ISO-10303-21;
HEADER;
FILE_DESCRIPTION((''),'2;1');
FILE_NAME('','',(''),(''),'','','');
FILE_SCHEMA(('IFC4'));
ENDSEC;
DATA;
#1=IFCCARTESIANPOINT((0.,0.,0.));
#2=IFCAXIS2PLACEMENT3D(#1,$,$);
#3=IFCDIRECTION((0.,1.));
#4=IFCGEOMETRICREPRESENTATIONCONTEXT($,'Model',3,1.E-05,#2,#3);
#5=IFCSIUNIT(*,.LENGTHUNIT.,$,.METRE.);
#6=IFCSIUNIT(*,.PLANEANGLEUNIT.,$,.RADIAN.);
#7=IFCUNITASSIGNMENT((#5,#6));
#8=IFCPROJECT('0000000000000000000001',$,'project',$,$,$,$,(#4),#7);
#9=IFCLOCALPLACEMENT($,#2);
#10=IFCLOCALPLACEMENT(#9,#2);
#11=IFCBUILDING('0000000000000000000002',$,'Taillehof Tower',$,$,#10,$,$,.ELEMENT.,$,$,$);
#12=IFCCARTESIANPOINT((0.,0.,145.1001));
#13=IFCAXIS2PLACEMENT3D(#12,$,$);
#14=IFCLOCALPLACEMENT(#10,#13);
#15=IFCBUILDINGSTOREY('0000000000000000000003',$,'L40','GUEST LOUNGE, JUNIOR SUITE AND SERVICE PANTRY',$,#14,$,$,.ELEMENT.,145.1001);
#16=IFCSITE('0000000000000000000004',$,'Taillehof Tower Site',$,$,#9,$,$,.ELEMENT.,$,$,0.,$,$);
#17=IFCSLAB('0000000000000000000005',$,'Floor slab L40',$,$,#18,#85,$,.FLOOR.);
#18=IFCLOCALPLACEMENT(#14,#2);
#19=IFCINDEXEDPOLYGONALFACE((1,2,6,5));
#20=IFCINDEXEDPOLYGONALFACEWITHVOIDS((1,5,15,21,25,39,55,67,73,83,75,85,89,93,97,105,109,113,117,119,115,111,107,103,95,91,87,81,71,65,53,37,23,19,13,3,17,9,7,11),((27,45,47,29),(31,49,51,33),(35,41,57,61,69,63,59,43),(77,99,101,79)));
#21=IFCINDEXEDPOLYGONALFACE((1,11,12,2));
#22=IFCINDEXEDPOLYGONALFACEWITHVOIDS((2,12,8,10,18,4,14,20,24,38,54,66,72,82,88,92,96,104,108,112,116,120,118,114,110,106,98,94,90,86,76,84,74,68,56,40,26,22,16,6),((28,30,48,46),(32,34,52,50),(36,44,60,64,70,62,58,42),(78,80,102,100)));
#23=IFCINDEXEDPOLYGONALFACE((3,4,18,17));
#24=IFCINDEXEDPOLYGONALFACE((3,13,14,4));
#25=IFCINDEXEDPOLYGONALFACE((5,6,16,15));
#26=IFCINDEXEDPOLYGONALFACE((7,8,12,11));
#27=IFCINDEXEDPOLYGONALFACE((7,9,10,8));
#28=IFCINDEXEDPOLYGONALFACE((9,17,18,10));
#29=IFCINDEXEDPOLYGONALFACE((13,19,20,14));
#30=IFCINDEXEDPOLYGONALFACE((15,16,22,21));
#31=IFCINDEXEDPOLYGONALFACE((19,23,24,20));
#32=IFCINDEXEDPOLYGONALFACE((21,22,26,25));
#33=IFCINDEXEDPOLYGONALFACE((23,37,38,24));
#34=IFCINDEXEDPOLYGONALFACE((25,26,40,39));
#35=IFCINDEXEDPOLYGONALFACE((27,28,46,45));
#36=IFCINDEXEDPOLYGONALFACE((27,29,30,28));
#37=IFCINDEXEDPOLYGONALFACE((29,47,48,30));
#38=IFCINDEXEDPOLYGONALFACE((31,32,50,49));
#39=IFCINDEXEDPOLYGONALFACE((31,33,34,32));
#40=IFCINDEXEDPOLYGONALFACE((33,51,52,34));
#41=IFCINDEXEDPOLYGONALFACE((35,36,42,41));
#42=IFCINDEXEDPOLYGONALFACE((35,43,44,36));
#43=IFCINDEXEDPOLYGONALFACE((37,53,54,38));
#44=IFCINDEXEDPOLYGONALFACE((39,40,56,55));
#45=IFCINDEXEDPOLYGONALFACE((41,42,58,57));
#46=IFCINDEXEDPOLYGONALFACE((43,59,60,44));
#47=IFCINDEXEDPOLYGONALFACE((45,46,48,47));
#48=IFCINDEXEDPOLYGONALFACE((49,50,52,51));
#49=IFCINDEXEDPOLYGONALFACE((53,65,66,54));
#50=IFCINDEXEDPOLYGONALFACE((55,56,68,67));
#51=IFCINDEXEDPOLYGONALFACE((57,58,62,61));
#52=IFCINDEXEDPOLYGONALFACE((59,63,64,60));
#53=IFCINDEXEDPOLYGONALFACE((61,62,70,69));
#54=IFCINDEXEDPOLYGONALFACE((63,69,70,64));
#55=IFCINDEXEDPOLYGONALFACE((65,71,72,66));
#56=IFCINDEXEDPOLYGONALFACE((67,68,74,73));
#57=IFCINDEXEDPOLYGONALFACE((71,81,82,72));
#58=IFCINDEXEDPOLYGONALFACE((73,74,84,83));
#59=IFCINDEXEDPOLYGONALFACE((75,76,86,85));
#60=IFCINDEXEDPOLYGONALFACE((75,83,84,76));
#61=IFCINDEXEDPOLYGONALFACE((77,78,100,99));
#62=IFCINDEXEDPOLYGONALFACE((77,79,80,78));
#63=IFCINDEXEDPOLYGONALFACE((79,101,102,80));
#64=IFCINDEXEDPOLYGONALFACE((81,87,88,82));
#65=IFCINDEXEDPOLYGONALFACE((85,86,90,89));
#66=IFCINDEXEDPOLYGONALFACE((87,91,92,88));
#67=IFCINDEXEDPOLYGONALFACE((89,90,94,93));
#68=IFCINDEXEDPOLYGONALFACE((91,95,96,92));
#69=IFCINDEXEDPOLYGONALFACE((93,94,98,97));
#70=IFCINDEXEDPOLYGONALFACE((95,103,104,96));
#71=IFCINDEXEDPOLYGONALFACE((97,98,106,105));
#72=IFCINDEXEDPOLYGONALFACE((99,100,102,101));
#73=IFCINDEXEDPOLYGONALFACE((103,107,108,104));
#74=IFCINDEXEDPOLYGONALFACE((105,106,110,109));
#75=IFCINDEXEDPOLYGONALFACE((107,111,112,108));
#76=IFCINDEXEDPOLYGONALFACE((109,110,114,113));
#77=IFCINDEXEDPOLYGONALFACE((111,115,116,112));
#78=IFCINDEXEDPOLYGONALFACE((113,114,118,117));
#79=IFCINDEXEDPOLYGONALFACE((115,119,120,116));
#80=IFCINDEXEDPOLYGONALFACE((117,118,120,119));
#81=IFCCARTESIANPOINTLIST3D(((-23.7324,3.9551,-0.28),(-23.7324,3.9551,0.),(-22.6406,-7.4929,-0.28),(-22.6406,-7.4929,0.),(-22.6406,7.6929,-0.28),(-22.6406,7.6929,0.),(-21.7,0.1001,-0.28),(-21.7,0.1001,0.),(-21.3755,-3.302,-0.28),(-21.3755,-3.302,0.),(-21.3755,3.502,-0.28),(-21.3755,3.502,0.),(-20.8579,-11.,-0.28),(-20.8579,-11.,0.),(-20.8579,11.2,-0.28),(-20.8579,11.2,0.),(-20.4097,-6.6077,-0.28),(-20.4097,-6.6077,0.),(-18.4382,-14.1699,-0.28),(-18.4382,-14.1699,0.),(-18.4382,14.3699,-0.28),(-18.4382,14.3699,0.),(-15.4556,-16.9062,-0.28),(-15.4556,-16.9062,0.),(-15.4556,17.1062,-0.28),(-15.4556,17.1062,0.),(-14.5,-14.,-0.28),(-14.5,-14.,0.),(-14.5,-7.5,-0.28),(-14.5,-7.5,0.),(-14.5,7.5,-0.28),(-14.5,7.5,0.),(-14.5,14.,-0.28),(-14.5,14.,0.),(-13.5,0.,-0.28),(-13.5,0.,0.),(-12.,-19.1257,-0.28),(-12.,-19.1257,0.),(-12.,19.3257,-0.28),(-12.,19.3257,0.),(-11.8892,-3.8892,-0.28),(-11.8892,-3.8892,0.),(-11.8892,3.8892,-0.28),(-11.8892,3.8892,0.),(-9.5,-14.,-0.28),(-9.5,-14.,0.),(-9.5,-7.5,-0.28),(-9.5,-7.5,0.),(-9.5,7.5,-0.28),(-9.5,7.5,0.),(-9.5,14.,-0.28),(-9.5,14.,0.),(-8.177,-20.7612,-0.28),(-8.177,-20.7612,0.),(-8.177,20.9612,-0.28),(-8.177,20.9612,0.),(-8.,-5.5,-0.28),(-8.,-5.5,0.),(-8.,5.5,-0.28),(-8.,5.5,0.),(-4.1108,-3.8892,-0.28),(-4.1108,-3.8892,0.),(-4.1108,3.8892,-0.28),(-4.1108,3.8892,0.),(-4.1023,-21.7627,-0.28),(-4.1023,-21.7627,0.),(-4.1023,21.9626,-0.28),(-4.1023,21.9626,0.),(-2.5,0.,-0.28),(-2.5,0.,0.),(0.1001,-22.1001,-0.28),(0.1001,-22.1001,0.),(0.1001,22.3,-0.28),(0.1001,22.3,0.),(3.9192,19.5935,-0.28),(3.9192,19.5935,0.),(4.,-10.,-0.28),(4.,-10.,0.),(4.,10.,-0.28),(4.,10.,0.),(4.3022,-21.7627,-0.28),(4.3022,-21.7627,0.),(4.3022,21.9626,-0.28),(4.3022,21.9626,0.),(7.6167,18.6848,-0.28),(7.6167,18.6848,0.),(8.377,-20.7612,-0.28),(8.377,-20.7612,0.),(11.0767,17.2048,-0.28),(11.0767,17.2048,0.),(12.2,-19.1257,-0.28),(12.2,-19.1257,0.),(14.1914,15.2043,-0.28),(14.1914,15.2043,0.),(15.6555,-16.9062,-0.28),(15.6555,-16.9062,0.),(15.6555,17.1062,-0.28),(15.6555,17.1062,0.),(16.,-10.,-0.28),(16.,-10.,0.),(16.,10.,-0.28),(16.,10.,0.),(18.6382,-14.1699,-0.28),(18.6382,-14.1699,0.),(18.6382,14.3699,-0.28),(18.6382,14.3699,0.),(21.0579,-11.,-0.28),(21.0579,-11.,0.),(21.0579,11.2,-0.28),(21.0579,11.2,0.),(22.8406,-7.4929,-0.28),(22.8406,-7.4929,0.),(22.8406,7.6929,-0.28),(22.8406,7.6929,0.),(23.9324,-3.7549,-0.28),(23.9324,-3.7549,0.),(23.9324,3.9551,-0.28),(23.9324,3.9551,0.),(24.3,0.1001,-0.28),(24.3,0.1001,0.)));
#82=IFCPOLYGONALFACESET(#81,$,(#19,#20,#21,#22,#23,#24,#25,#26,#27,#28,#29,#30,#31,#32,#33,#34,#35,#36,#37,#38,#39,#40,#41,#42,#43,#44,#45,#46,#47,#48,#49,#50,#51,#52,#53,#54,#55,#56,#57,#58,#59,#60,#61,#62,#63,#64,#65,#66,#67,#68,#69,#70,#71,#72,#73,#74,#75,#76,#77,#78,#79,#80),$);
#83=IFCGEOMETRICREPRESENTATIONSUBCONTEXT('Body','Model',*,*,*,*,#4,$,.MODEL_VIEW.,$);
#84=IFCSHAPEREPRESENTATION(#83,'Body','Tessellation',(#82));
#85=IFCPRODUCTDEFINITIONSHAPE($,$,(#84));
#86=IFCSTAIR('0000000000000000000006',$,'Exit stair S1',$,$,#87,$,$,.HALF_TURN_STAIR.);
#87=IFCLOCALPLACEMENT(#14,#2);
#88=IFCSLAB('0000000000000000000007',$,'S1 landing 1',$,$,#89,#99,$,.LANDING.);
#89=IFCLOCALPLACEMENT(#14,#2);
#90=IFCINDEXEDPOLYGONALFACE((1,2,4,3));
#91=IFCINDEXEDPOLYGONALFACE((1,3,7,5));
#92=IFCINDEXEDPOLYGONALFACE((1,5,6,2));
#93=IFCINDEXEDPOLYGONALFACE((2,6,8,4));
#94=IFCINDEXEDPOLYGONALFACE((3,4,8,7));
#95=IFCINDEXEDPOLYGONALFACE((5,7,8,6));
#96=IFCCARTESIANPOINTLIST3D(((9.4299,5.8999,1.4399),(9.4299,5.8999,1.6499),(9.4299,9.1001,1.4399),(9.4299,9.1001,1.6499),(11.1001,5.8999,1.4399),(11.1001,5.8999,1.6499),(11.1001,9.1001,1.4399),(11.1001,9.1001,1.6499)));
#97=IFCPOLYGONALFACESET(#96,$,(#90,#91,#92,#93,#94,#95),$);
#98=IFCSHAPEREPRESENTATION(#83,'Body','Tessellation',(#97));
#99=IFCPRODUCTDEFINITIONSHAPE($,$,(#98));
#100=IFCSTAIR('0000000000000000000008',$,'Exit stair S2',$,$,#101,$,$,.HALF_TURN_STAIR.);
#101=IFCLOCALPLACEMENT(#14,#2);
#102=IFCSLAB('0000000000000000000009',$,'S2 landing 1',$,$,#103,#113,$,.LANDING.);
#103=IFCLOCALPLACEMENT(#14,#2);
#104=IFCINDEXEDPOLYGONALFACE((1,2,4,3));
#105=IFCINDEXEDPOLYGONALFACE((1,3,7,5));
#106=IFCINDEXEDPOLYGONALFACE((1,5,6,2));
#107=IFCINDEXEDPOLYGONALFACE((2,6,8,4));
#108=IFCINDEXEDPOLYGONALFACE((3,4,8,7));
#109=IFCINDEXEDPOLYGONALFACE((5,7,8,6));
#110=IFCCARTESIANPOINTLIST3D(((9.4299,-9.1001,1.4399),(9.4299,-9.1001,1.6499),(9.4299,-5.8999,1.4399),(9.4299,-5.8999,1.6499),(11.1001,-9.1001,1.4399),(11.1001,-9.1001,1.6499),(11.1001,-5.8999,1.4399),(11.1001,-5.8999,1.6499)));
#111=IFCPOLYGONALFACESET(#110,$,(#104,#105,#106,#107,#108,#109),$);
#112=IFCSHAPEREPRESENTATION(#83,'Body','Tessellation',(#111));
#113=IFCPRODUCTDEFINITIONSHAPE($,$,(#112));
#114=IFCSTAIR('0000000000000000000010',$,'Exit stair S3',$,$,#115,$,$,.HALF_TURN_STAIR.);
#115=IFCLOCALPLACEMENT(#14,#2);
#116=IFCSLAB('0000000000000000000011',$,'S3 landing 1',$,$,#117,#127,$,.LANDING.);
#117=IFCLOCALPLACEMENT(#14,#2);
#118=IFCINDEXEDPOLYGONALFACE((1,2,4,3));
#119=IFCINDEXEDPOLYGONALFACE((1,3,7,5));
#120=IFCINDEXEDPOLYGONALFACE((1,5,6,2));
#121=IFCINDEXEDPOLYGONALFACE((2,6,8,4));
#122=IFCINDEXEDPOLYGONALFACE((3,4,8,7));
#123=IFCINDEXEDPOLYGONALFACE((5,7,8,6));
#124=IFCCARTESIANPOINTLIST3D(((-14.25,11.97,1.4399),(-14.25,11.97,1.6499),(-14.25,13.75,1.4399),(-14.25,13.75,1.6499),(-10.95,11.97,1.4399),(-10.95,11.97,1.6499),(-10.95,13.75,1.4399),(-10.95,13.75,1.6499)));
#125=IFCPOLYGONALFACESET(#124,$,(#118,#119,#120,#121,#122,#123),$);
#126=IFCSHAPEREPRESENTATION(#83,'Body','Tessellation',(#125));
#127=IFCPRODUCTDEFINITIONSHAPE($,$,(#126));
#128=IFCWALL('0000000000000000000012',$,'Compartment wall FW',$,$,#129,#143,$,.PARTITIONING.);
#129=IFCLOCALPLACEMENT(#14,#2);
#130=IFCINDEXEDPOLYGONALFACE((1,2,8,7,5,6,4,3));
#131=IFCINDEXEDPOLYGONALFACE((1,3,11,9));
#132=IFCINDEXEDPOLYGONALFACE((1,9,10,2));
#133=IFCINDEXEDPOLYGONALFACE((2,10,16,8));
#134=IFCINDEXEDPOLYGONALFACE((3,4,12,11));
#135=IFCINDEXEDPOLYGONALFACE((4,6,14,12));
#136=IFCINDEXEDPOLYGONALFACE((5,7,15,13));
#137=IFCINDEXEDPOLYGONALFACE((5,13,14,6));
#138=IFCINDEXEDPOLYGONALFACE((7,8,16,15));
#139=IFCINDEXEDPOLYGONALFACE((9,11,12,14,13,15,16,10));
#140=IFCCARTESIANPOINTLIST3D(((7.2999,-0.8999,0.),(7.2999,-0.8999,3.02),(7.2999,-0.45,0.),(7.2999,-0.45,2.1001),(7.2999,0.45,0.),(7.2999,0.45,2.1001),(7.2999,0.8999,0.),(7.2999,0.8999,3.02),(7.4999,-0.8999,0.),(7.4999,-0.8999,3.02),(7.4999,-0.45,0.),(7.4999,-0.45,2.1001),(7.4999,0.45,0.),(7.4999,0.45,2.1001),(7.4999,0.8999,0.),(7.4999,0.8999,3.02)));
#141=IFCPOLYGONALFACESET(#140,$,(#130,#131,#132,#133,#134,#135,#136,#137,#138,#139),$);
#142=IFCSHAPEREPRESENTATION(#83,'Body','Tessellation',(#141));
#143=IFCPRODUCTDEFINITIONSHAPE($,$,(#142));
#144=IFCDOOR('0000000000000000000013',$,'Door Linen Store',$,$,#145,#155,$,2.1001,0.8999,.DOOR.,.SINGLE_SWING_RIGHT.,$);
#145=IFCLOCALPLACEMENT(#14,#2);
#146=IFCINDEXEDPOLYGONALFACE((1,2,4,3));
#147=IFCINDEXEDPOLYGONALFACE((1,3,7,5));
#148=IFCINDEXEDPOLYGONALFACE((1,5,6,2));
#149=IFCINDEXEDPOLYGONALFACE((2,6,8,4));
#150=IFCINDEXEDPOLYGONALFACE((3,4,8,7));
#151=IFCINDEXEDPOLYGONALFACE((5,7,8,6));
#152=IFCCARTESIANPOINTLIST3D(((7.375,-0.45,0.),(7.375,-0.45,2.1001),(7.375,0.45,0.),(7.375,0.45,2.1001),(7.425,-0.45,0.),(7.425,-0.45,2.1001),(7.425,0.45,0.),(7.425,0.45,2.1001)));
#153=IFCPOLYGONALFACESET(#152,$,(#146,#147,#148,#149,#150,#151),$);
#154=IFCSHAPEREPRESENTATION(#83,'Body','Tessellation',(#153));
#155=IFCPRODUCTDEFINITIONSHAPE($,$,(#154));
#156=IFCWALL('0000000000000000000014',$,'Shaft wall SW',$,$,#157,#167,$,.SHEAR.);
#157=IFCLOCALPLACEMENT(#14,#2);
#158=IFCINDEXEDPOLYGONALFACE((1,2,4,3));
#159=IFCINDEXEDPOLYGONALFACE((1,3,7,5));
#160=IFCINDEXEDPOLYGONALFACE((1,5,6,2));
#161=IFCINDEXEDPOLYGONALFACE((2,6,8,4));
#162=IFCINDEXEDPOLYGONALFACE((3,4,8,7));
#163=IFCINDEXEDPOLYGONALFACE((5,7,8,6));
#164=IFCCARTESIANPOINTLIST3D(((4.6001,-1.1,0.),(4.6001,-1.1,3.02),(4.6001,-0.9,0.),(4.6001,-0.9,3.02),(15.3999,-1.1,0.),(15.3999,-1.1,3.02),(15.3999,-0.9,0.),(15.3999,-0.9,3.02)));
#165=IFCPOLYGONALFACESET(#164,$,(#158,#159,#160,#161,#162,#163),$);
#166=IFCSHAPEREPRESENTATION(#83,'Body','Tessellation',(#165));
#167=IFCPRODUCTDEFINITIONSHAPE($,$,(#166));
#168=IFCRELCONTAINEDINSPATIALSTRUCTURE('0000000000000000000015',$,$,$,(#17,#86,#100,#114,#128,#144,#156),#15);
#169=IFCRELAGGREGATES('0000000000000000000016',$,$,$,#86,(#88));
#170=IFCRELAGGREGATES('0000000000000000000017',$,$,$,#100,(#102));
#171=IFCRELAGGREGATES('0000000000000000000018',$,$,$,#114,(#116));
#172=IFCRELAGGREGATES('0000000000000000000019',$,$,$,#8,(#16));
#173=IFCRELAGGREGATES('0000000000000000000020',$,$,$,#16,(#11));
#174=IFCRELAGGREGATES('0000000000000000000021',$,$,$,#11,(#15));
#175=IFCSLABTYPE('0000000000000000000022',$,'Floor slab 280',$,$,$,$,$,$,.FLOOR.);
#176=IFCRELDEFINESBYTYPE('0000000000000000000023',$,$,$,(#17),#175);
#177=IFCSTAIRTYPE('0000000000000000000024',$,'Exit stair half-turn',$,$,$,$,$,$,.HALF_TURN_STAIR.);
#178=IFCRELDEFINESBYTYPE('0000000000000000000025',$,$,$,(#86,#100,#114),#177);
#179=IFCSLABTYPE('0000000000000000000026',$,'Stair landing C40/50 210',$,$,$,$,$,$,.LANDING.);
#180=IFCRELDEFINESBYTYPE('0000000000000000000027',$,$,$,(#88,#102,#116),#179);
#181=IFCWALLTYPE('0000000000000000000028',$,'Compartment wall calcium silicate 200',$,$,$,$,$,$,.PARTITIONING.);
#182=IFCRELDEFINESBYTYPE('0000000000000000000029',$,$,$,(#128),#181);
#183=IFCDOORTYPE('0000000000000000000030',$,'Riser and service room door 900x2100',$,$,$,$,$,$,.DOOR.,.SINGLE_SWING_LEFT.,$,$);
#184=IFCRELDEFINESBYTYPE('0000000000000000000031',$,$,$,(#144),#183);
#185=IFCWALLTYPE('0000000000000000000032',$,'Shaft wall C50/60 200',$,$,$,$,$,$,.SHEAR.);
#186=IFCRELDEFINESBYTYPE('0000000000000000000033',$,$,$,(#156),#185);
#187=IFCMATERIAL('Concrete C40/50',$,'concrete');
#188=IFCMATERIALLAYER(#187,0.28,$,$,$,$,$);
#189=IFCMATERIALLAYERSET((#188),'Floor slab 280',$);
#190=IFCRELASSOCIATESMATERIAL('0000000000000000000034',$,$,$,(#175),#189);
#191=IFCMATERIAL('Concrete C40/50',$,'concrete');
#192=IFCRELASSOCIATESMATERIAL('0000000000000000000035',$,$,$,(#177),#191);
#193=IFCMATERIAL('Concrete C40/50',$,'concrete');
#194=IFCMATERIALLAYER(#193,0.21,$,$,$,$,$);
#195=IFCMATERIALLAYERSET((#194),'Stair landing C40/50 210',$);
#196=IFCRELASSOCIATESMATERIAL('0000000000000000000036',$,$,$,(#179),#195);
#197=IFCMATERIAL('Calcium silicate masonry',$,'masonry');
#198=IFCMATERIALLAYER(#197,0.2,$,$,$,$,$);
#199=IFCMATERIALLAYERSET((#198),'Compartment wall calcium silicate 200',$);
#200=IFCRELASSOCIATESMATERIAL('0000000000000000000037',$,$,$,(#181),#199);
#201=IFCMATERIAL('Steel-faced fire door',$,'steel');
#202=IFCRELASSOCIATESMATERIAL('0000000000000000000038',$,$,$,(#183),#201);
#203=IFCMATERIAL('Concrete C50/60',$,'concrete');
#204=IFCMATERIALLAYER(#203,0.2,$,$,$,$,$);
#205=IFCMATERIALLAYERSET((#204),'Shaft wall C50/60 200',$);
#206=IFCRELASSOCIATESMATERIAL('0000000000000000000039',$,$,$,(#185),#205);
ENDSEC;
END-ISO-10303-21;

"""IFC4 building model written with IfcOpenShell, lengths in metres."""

from ifc_helpers import new_model, si_unit, direction, frame, frame_2d, origin, place, context, subcontext, project, spatial, polyline, rectangle, outline, extrude, material, layer, layer_set, type_object, element, fill, aggregate, save


model = new_model("IFC4")

# Units and contexts
model_context = context("Model", 3, precision=1e-05, world=origin(), true_north=direction((0.0, 1.0)))
body_context = subcontext(model_context, "Body", "Model", "MODEL_VIEW")
ifc_project = project(units=[si_unit("LENGTHUNIT", "METRE"), si_unit("PLANEANGLEUNIT", "RADIAN")], contexts=[model_context])

# Site, building, storey
site_placement = place(None, origin())
site = spatial("IfcSite", under=ifc_project, at=site_placement, Name="Taillehof Tower Site", CompositionType="ELEMENT", RefElevation=0.0)
building_placement = place(site_placement, origin())
building = spatial("IfcBuilding", under=site, at=building_placement, Name="Taillehof Tower", CompositionType="ELEMENT")
storey_placement = place(building_placement, frame((0.0, 0.0, 145.1001)))
storey = spatial("IfcBuildingStorey", under=building, at=storey_placement, Name="L40", Description="GUEST LOUNGE, JUNIOR SUITE AND SERVICE PANTRY", CompositionType="ELEMENT", Elevation=145.1001)

# Slab
ifc_material_1 = material(Name="Concrete C40/50", Category="concrete")
ifc_layer_1 = layer(ifc_material_1, 0.28)
ifc_layer_set_1 = layer_set([ifc_layer_1], Name="Floor slab 280")
slab_type_1 = type_object("IfcSlabType", Name="Floor slab 280", PredefinedType="FLOOR", material=ifc_layer_set_1)
slab_1_placement = place(storey_placement, frame((0.0, 0.0, -0.28)))
element("IfcSlab", 1, at=slab_1_placement, inside=storey, type_object=slab_type_1, Name="Floor slab L40", PredefinedType="FLOOR", context=body_context, shape_type="SweptSolid", body=[
    extrude(outline(polyline([(24.3, 0.1001), (23.9324, 3.9551), (22.8406, 7.6929), (21.0579, 11.2), (18.6382, 14.3699), (15.6555, 17.1062), (14.1914, 15.2043), (11.0767, 17.2048), (7.6167, 18.6848), (3.9192, 19.5935), (4.3022, 21.9626), (0.1001, 22.3), (-4.1023, 21.9626), (-8.177, 20.9612), (-12.0, 19.3257), (-15.4556, 17.1062), (-18.4382, 14.3699), (-20.8579, 11.2), (-22.6406, 7.6929), (-23.7324, 3.9551), (-21.3755, 3.502), (-21.7, 0.1001), (-21.3755, -3.302), (-20.4097, -6.6077), (-22.6406, -7.4929), (-20.8579, -11.0), (-18.4382, -14.1699), (-15.4556, -16.9062), (-12.0, -19.1257), (-8.177, -20.7612), (-4.1023, -21.7627), (0.1001, -22.1001), (4.3022, -21.7627), (8.377, -20.7612), (12.2, -19.1257), (15.6555, -16.9062), (18.6382, -14.1699), (21.0579, -11.0), (22.8406, -7.4929), (23.9324, -3.7549), (24.3, 0.1001)]), holes=[polyline([(-14.5, -7.5), (-9.5, -7.5), (-9.5, -14.0), (-14.5, -14.0), (-14.5, -7.5)]), polyline([(-8.0, -5.5), (-11.8892, -3.8892), (-13.5, 0.0), (-11.8892, 3.8892), (-8.0, 5.5), (-4.1108, 3.8892), (-2.5, 0.0), (-4.1108, -3.8892), (-8.0, -5.5)]), polyline([(16.0, 10.0), (16.0, -10.0), (4.0, -10.0), (4.0, 10.0), (16.0, 10.0)]), polyline([(-14.5, 14.0), (-9.5, 14.0), (-9.5, 7.5), (-14.5, 7.5), (-14.5, 14.0)])]), origin(), (0.0, 0.0, 1.0), 0.28),
])

# Stairs, slabs
ifc_material_2 = material(Name="Concrete C40/50", Category="concrete")
stair_type = type_object("IfcStairType", Name="Exit stair half-turn", PredefinedType="HALF_TURN_STAIR", material=ifc_material_2)
stair_1_placement = place(storey_placement, origin())
stair_1 = element("IfcStair", 2, at=stair_1_placement, inside=storey, type_object=stair_type, Name="Exit stair S1", PredefinedType="HALF_TURN_STAIR")
ifc_material_3 = material(Name="Concrete C40/50", Category="concrete")
ifc_layer_2 = layer(ifc_material_3, 0.21)
ifc_layer_set_2 = layer_set([ifc_layer_2], Name="Stair landing C40/50 210")
slab_type_2 = type_object("IfcSlabType", Name="Stair landing C40/50 210", PredefinedType="LANDING", material=ifc_layer_set_2)
slab_2_placement = place(storey_placement, frame((0.0, 0.0, 1.4399)))
slab_2 = element("IfcSlab", 3, at=slab_2_placement, type_object=slab_type_2, Name="S1 landing 1", PredefinedType="LANDING", context=body_context, shape_type="SweptSolid", body=[
    extrude(outline(polyline([(9.4299, 5.8999), (11.1001, 5.8999), (11.1001, 9.1001), (9.4299, 9.1001), (9.4299, 5.8999)])), origin(), (0.0, 0.0, 1.0), 0.21),
])
aggregate(stair_1, [slab_2])
stair_2_placement = place(storey_placement, origin())
stair_2 = element("IfcStair", 4, at=stair_2_placement, inside=storey, type_object=stair_type, Name="Exit stair S2", PredefinedType="HALF_TURN_STAIR")
slab_3_placement = place(storey_placement, frame((0.0, 0.0, 1.4399)))
slab_3 = element("IfcSlab", 5, at=slab_3_placement, type_object=slab_type_2, Name="S2 landing 1", PredefinedType="LANDING", context=body_context, shape_type="SweptSolid", body=[
    extrude(outline(polyline([(9.4299, -5.8999), (11.1001, -5.8999), (11.1001, -9.1001), (9.4299, -9.1001), (9.4299, -5.8999)])), origin(), (0.0, 0.0, 1.0), 0.21),
])
aggregate(stair_2, [slab_3])
stair_3_placement = place(storey_placement, origin())
stair_3 = element("IfcStair", 6, at=stair_3_placement, inside=storey, type_object=stair_type, Name="Exit stair S3", PredefinedType="HALF_TURN_STAIR")
slab_4_placement = place(storey_placement, frame((0.0, 0.0, 1.4399)))
slab_4 = element("IfcSlab", 7, at=slab_4_placement, type_object=slab_type_2, Name="S3 landing 1", PredefinedType="LANDING", context=body_context, shape_type="SweptSolid", body=[
    extrude(outline(polyline([(-14.25, 11.97), (-14.25, 13.75), (-10.95, 13.75), (-10.95, 11.97), (-14.25, 11.97)])), origin(), (0.0, 0.0, 1.0), 0.21),
])
aggregate(stair_3, [slab_4])

# Wall, opening, door
ifc_material_4 = material(Name="Calcium silicate masonry", Category="masonry")
ifc_layer_3 = layer(ifc_material_4, 0.2)
ifc_layer_set_3 = layer_set([ifc_layer_3], Name="Compartment wall calcium silicate 200")
wall_type_1 = type_object("IfcWallType", Name="Compartment wall calcium silicate 200", PredefinedType="PARTITIONING", material=ifc_layer_set_3)
wall_1_placement = place(storey_placement, frame((7.3999, -0.8999, 0.0), z_axis=(0.0, 0.0, 1.0), x_axis=(0.0, 1.0, 0.0)))
wall_1 = element("IfcWall", 8, at=wall_1_placement, inside=storey, type_object=wall_type_1, Name="Compartment wall FW", PredefinedType="PARTITIONING", context=body_context, shape_type="SweptSolid", body=[
    extrude(rectangle(XDim=1.7998, YDim=0.2, at=frame_2d((0.8999, 0.0))), origin(), (0.0, 0.0, 1.0), 3.02),
])
opening_placement = place(wall_1_placement, frame((0.45, 0.0, 0.0)))
opening = element("IfcOpeningElement", 9, at=opening_placement, cuts=wall_1, PredefinedType="OPENING", context=body_context, shape_type="SweptSolid", body=[
    extrude(rectangle(XDim=0.8999, YDim=2.1001, at=frame_2d((0.45, 1.05))), frame((0.0, 0.1099, 0.0), z_axis=(0.0, -1.0, 0.0), x_axis=(1.0, 0.0, 0.0)), (0.0, 0.0, 1.0), 0.22),
])
ifc_material_5 = material(Name="Steel-faced fire door", Category="steel")
door_type = type_object("IfcDoorType", Name="Riser and service room door 900x2100", OperationType="SINGLE_SWING_LEFT", PredefinedType="DOOR", material=ifc_material_5)
door_placement = place(opening_placement, origin())
door = element("IfcDoor", 10, at=door_placement, inside=storey, type_object=door_type, Name="Door Linen Store", OperationType="SINGLE_SWING_RIGHT", OverallHeight=2.1001, OverallWidth=0.8999, PredefinedType="DOOR", context=body_context, shape_type="SweptSolid", body=[
    extrude(rectangle(XDim=0.8999, YDim=2.1001, at=frame_2d((0.45, 1.05))), frame((0.0, 0.0249, 0.0), z_axis=(0.0, -1.0, 0.0), x_axis=(1.0, 0.0, 0.0)), (0.0, 0.0, 1.0), 0.05),
])
fill(opening, door)

# Wall
ifc_material_6 = material(Name="Concrete C50/60", Category="concrete")
ifc_layer_4 = layer(ifc_material_6, 0.2)
ifc_layer_set_4 = layer_set([ifc_layer_4], Name="Shaft wall C50/60 200")
wall_type_2 = type_object("IfcWallType", Name="Shaft wall C50/60 200", PredefinedType="SHEAR", material=ifc_layer_set_4)
wall_2_placement = place(storey_placement, frame((4.6001, -1.0, 0.0), z_axis=(0.0, 0.0, 1.0), x_axis=(1.0, 0.0, 0.0)))
element("IfcWall", 11, at=wall_2_placement, inside=storey, type_object=wall_type_2, Name="Shaft wall SW", PredefinedType="SHEAR", context=body_context, shape_type="SweptSolid", body=[
    extrude(rectangle(XDim=10.7998, YDim=0.2, at=frame_2d((5.3999, 0.0))), origin(), (0.0, 0.0, 1.0), 3.02),
])

save(model, "model.ifc")
